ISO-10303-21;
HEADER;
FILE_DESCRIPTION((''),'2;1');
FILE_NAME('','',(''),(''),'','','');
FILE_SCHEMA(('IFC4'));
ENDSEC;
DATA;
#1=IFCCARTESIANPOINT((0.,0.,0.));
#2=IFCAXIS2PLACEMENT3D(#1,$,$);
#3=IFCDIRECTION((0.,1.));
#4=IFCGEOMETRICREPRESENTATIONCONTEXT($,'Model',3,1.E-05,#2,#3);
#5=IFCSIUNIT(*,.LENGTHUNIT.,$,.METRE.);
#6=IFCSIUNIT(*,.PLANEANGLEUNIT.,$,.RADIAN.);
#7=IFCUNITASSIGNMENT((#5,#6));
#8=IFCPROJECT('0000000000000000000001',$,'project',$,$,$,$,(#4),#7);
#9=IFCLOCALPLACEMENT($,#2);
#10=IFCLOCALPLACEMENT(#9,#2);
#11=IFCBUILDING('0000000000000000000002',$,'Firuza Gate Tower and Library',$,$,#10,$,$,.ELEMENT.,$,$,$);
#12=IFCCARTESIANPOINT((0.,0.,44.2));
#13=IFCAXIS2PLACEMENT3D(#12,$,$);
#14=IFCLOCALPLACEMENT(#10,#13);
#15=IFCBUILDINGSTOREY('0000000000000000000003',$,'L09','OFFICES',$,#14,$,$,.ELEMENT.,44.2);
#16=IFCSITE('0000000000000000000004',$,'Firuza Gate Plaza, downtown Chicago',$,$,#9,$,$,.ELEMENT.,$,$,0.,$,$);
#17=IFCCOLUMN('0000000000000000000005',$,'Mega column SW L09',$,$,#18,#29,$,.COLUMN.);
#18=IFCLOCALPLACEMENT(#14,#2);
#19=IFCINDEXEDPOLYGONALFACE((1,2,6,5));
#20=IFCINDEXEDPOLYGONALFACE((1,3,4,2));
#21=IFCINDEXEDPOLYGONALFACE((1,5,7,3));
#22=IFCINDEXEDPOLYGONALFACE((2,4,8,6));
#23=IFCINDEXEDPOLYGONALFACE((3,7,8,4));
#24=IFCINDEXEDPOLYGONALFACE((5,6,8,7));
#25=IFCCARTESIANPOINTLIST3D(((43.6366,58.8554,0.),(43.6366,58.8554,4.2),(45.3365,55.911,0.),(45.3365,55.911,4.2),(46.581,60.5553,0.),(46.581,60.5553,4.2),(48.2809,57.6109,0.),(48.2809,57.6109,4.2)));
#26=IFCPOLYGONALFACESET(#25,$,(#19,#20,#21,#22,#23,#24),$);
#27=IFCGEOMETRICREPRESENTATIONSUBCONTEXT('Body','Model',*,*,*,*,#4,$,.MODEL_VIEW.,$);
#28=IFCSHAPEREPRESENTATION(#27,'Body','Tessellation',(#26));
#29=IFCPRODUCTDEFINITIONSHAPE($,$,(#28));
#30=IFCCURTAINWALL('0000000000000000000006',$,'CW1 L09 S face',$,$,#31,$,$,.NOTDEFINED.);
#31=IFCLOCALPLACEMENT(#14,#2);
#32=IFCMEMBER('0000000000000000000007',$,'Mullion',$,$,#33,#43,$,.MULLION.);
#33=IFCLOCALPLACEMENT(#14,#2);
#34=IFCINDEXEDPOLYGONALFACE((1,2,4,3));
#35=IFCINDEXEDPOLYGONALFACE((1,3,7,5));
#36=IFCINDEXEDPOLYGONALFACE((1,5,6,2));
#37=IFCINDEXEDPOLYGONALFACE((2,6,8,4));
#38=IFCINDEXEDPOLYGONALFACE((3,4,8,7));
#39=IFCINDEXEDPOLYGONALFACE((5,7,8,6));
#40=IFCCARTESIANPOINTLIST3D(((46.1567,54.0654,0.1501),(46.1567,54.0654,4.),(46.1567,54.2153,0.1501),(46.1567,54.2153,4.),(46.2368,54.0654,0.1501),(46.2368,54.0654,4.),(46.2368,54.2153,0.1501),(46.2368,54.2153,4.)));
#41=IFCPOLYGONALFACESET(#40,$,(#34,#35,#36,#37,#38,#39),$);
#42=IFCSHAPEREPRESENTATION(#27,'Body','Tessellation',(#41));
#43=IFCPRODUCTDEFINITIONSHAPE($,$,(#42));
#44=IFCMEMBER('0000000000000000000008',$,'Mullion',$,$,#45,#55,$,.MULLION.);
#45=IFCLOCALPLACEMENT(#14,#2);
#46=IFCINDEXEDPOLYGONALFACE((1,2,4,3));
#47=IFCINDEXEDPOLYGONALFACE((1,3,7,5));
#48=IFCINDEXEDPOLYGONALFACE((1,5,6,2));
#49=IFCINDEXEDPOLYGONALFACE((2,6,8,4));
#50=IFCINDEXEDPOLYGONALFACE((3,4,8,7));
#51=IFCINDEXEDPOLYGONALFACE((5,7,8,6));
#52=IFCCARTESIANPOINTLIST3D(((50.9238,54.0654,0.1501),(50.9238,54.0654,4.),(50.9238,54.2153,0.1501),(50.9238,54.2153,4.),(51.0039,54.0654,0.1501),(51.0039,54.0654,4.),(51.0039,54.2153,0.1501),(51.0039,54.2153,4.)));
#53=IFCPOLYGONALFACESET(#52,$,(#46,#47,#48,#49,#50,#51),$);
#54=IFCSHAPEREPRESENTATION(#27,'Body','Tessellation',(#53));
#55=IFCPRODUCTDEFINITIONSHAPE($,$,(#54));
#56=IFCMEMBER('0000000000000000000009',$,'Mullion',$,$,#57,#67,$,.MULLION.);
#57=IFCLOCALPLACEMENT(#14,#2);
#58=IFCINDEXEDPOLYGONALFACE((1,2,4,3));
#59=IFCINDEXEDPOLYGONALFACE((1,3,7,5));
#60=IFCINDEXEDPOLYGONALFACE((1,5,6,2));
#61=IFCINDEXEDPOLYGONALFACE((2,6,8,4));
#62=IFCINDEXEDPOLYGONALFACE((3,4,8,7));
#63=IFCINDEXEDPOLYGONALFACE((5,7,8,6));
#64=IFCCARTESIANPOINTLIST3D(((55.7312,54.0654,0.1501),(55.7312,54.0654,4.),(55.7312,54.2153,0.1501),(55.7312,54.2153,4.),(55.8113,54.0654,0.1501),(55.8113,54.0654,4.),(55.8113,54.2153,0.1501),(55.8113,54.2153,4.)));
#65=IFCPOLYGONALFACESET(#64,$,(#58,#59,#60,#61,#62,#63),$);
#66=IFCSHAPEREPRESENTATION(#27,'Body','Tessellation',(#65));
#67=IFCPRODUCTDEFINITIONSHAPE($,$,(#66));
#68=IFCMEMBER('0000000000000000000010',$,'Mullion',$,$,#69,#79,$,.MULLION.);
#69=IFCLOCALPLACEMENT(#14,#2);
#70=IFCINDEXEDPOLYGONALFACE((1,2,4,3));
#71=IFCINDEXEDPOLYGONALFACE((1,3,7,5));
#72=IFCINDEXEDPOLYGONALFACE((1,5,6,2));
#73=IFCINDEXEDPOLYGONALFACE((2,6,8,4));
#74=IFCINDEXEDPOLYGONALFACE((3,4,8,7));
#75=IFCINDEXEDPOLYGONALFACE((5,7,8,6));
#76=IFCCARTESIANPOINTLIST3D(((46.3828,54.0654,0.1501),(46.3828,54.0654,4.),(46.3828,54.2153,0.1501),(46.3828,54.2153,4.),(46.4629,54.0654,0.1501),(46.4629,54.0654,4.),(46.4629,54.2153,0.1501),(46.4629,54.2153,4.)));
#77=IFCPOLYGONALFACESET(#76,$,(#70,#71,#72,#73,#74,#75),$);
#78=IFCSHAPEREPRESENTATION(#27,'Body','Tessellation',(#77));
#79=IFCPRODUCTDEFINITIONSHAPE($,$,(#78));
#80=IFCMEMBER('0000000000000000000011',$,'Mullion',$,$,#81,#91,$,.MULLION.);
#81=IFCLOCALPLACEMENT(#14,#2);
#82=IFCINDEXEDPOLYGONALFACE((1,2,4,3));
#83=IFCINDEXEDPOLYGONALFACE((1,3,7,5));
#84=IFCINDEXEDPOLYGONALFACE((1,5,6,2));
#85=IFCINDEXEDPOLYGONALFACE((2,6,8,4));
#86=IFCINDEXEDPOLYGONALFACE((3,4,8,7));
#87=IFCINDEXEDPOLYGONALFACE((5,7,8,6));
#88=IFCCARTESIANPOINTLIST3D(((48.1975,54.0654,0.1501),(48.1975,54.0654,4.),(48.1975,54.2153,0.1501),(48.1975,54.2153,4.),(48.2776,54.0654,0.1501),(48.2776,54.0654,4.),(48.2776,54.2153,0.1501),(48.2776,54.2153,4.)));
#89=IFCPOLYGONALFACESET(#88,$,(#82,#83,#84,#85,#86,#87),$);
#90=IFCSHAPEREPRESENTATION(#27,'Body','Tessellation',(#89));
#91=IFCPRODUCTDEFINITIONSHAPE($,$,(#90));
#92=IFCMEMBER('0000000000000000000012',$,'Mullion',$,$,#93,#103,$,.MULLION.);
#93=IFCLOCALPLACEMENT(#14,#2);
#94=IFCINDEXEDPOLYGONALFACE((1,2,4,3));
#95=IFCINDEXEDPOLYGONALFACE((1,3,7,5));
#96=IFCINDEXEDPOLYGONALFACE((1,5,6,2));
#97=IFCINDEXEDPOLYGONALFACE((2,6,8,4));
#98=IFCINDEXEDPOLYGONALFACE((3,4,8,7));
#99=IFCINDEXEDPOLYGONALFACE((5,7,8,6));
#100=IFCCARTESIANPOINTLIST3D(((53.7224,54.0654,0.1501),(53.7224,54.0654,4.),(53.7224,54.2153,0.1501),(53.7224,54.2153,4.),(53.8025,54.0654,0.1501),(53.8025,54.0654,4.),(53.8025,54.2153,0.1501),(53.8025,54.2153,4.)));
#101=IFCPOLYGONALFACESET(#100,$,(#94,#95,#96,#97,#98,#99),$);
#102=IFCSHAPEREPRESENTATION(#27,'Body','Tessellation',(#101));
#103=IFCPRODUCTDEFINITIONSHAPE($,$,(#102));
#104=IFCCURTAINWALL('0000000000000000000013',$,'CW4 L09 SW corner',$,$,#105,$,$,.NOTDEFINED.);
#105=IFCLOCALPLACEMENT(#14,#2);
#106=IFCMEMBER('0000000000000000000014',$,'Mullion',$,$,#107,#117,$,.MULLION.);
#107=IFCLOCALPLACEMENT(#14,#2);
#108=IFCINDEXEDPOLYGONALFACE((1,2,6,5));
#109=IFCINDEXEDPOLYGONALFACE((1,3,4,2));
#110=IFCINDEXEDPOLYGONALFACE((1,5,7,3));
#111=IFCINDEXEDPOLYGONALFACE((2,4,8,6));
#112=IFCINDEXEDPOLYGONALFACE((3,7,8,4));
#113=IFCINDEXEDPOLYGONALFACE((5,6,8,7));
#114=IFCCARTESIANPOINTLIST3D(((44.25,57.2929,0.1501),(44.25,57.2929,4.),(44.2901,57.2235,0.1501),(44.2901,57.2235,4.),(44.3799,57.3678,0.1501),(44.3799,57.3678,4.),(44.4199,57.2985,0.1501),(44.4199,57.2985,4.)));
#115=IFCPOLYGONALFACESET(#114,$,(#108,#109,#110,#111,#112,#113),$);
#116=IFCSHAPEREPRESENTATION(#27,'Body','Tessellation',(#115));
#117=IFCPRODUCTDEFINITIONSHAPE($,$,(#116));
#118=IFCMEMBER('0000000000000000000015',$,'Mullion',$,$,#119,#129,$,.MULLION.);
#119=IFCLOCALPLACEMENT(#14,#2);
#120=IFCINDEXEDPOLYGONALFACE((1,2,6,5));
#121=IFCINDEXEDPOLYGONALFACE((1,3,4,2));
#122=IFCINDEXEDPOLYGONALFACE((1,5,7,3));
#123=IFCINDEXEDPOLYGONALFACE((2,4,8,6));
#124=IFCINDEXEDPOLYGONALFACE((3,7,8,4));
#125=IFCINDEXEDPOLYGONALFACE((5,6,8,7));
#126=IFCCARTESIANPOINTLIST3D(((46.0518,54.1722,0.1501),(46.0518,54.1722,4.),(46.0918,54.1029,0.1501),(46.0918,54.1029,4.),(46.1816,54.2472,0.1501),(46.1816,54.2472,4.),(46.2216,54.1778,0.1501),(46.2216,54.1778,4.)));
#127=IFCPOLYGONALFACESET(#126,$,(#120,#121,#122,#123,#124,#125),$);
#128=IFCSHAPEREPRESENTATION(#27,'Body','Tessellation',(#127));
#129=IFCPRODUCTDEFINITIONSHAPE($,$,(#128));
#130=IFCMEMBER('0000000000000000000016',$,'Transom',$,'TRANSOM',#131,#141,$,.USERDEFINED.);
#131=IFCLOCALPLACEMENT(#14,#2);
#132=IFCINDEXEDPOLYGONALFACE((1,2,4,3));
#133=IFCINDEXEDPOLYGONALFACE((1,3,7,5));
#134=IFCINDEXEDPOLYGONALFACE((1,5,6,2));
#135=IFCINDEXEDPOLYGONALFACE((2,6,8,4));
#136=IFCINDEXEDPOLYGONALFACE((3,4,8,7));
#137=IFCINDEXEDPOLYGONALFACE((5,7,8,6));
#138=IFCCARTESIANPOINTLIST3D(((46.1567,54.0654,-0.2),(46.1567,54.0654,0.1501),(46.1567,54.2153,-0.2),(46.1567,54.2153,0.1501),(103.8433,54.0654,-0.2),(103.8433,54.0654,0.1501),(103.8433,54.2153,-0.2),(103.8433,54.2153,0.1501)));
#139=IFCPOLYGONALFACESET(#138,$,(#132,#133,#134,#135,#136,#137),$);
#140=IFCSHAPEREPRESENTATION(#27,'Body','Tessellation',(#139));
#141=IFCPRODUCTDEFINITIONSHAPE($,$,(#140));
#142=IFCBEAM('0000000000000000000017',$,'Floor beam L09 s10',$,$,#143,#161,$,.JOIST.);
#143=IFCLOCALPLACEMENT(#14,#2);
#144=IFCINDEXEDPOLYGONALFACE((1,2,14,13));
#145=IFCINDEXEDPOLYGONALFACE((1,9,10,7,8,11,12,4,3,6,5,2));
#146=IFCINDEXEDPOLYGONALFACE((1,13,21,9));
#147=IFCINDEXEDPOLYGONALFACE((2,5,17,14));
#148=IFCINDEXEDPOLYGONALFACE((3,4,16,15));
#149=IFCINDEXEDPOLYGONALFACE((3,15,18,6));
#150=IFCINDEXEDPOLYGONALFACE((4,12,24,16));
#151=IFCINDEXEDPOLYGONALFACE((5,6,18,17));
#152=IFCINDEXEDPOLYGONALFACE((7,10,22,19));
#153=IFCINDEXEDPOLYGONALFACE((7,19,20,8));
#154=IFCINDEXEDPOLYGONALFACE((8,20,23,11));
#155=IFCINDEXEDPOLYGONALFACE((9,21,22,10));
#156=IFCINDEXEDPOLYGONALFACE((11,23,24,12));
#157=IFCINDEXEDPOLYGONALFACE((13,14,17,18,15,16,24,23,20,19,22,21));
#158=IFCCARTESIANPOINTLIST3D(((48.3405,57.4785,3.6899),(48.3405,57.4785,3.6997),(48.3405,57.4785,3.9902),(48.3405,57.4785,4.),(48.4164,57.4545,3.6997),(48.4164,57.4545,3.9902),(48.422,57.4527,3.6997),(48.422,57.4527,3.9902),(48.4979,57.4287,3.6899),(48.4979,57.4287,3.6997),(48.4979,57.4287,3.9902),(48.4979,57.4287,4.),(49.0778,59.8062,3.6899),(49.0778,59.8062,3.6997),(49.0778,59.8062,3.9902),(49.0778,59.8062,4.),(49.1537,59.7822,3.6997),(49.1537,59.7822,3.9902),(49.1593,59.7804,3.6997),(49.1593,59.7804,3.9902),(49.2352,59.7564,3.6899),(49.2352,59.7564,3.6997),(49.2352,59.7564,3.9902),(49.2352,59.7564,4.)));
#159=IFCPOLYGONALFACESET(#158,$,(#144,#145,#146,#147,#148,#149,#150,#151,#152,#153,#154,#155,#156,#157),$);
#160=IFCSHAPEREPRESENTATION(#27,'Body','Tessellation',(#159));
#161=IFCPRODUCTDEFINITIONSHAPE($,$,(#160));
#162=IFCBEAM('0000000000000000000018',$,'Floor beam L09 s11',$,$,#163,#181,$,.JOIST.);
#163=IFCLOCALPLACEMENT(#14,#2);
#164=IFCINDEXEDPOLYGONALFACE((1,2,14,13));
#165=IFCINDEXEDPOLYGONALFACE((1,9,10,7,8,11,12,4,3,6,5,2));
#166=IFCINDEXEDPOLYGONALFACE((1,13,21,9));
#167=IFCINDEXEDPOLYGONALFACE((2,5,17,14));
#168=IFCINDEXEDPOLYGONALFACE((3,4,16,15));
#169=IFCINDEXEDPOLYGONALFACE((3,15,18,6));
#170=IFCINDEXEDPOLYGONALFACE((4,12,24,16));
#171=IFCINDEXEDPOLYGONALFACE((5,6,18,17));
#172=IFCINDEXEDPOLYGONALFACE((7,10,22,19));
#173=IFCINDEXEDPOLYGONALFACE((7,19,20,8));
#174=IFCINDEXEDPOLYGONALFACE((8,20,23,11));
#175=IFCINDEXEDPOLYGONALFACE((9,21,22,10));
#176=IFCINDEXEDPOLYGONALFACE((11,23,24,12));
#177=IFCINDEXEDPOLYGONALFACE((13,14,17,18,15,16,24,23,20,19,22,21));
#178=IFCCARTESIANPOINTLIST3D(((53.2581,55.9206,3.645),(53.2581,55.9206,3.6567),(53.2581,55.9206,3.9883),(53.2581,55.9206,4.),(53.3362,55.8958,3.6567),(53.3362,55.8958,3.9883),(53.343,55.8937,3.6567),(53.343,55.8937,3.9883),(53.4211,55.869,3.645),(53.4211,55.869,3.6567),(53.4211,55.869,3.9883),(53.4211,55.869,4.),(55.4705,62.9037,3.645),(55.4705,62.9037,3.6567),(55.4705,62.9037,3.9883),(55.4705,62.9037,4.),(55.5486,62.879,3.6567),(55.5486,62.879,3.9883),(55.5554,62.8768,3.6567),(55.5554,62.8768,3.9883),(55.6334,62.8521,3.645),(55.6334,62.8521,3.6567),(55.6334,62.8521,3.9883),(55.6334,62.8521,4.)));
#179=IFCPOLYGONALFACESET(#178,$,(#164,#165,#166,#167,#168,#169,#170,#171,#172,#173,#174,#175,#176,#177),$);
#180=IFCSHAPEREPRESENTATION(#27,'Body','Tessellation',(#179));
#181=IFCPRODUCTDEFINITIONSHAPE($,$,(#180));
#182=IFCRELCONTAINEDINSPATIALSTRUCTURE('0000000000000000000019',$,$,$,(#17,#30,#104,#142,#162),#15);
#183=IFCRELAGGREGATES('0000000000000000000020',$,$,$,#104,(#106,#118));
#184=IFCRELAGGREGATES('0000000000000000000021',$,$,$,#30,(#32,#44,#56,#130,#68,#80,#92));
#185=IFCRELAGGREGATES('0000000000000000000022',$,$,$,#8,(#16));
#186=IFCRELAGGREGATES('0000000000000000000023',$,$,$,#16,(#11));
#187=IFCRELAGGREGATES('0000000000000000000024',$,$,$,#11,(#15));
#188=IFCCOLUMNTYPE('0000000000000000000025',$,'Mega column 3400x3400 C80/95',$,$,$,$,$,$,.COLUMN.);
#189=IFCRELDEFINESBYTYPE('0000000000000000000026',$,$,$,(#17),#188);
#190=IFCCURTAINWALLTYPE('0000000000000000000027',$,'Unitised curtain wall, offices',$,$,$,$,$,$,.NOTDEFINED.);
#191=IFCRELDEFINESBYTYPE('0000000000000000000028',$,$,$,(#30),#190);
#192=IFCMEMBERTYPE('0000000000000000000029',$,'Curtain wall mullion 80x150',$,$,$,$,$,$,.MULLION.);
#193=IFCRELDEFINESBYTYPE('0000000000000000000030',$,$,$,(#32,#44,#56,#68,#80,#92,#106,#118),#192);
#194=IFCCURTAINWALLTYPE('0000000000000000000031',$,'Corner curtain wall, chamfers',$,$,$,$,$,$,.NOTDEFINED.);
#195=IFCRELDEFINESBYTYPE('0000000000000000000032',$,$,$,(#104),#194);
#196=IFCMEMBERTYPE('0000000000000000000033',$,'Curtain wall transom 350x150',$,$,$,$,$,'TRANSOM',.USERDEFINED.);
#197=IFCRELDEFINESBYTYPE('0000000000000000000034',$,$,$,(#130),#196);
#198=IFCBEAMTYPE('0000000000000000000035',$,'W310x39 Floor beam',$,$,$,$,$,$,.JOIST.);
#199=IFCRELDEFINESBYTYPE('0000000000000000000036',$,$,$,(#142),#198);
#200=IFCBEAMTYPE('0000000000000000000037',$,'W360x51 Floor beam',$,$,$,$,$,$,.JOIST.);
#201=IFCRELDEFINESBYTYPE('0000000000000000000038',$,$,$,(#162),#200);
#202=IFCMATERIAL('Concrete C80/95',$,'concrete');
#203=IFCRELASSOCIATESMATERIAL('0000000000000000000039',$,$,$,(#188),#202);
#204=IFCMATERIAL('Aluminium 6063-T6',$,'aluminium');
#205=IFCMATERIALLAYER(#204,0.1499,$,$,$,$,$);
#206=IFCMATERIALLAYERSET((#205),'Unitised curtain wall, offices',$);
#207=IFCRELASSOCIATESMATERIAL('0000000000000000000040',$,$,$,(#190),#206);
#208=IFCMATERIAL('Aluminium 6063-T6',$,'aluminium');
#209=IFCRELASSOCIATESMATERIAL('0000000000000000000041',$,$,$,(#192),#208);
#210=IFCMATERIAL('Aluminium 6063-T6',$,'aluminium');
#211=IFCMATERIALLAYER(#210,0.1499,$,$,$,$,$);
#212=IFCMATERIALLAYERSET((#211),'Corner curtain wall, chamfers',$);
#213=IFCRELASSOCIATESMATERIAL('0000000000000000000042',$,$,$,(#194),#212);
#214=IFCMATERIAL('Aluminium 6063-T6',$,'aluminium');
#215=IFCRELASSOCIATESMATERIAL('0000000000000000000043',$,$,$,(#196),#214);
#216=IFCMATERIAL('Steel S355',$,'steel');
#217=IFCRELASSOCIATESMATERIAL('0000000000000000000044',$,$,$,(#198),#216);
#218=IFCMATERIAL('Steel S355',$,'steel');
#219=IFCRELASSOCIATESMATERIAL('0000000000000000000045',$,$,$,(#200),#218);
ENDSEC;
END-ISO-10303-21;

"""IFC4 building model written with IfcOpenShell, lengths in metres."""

from ifc_helpers import new_model, si_unit, direction, frame, origin, origin_2d, place, context, subcontext, project, spatial, rectangle, i_section, extrude, material, layer, layer_set, material_profile, profile_set, type_object, element, aggregate, save


model = new_model("IFC4")

# Units and contexts
model_context = context("Model", 3, precision=1e-05, world=origin(), true_north=direction((0.0, 1.0)))
body_context = subcontext(model_context, "Body", "Model", "MODEL_VIEW")
ifc_project = project(units=[si_unit("LENGTHUNIT", "METRE"), si_unit("PLANEANGLEUNIT", "RADIAN")], contexts=[model_context])

# Site, building, storey
site_placement = place(None, origin())
site = spatial("IfcSite", under=ifc_project, at=site_placement, Name="Firuza Gate Plaza, downtown Chicago", CompositionType="ELEMENT", RefElevation=0.0)
building_placement = place(site_placement, origin())
building = spatial("IfcBuilding", under=site, at=building_placement, Name="Firuza Gate Tower and Library", CompositionType="ELEMENT")
storey_placement = place(building_placement, frame((0.0, 0.0, 44.2)))
storey = spatial("IfcBuildingStorey", under=building, at=storey_placement, Name="L09", Description="OFFICES", CompositionType="ELEMENT", Elevation=44.2)

# Column
ifc_material_1 = material(Name="Concrete C80/95", Category="concrete")
ifc_material_profile_1 = material_profile(ifc_material_1, rectangle(XDim=3.3999, YDim=3.3999, at=origin_2d()))
ifc_profile_set_1 = profile_set([ifc_material_profile_1], Name="Concrete C80/95")
column_type = type_object("IfcColumnType", Name="Mega column 3400x3400 C80/95", PredefinedType="COLUMN", material=ifc_profile_set_1)
column_placement = place(storey_placement, frame((45.9587, 58.2332, 0.0), z_axis=(0.0, 0.0, 1.0), x_axis=(0.5, -0.866025, 0.0)))
element("IfcColumn", 1, at=column_placement, inside=storey, type_object=column_type, Name="Mega column SW L09", PredefinedType="COLUMN", context=body_context, shape_type="SweptSolid", body=[
    extrude(rectangle(XDim=3.3999, YDim=3.3999, at=origin_2d()), origin(), (0.0, 0.0, 1.0), 4.2),
])

# Curtain walls, members
ifc_material_2 = material(Name="Aluminium 6063-T6", Category="aluminium")
ifc_layer_1 = layer(ifc_material_2, 0.1499)
ifc_layer_set_1 = layer_set([ifc_layer_1], Name="Unitised curtain wall, offices")
curtain_wall_type_1 = type_object("IfcCurtainWallType", Name="Unitised curtain wall, offices", PredefinedType="NOTDEFINED", material=ifc_layer_set_1)
placement_1 = place(storey_placement, origin())
curtain_wall_1 = element("IfcCurtainWall", 2, at=placement_1, inside=storey, type_object=curtain_wall_type_1, Name="CW1 L09 S face", PredefinedType="NOTDEFINED")
ifc_material_3 = material(Name="Aluminium 6063-T6", Category="aluminium")
ifc_material_profile_2 = material_profile(ifc_material_3, rectangle(XDim=0.1499, YDim=0.0801, at=origin_2d()))
ifc_profile_set_2 = profile_set([ifc_material_profile_2], Name="Aluminium 6063-T6")
member_type_1 = type_object("IfcMemberType", Name="Curtain wall mullion 80x150", PredefinedType="MULLION", material=ifc_profile_set_2)
member_1_placement = place(storey_placement, frame((46.1968, 54.1404, 0.1501), z_axis=(0.0, 0.0, 1.0), x_axis=(0.0, 1.0, 0.0)))
member_1 = element("IfcMember", 3, at=member_1_placement, type_object=member_type_1, Name="Mullion", PredefinedType="MULLION", context=body_context, shape_type="SweptSolid", body=[
    extrude(rectangle(XDim=0.1499, YDim=0.0801, at=origin_2d()), origin(), (0.0, 0.0, 1.0), 3.8499),
])
member_2_placement = place(storey_placement, frame((50.9639, 54.1404, 0.1501), z_axis=(0.0, 0.0, 1.0), x_axis=(0.0, 1.0, 0.0)))
member_2 = element("IfcMember", 4, at=member_2_placement, type_object=member_type_1, Name="Mullion", PredefinedType="MULLION", context=body_context, shape_type="SweptSolid", body=[
    extrude(rectangle(XDim=0.1499, YDim=0.0801, at=origin_2d()), origin(), (0.0, 0.0, 1.0), 3.8499),
])
member_3_placement = place(storey_placement, frame((55.7712, 54.1404, 0.1501), z_axis=(0.0, 0.0, 1.0), x_axis=(0.0, 1.0, 0.0)))
member_3 = element("IfcMember", 5, at=member_3_placement, type_object=member_type_1, Name="Mullion", PredefinedType="MULLION", context=body_context, shape_type="SweptSolid", body=[
    extrude(rectangle(XDim=0.1499, YDim=0.0801, at=origin_2d()), origin(), (0.0, 0.0, 1.0), 3.8499),
])
member_4_placement = place(storey_placement, frame((46.4229, 54.1404, 0.1501), z_axis=(0.0, 0.0, 1.0), x_axis=(0.0, 1.0, 0.0)))
member_4 = element("IfcMember", 6, at=member_4_placement, type_object=member_type_1, Name="Mullion", PredefinedType="MULLION", context=body_context, shape_type="SweptSolid", body=[
    extrude(rectangle(XDim=0.1499, YDim=0.0801, at=origin_2d()), origin(), (0.0, 0.0, 1.0), 3.8499),
])
member_5_placement = place(storey_placement, frame((48.2375, 54.1404, 0.1501), z_axis=(0.0, 0.0, 1.0), x_axis=(0.0, 1.0, 0.0)))
member_5 = element("IfcMember", 7, at=member_5_placement, type_object=member_type_1, Name="Mullion", PredefinedType="MULLION", context=body_context, shape_type="SweptSolid", body=[
    extrude(rectangle(XDim=0.1499, YDim=0.0801, at=origin_2d()), origin(), (0.0, 0.0, 1.0), 3.8499),
])
member_6_placement = place(storey_placement, frame((53.7625, 54.1404, 0.1501), z_axis=(0.0, 0.0, 1.0), x_axis=(0.0, 1.0, 0.0)))
member_6 = element("IfcMember", 8, at=member_6_placement, type_object=member_type_1, Name="Mullion", PredefinedType="MULLION", context=body_context, shape_type="SweptSolid", body=[
    extrude(rectangle(XDim=0.1499, YDim=0.0801, at=origin_2d()), origin(), (0.0, 0.0, 1.0), 3.8499),
])
ifc_material_4 = material(Name="Aluminium 6063-T6", Category="aluminium")
ifc_layer_2 = layer(ifc_material_4, 0.1499)
ifc_layer_set_2 = layer_set([ifc_layer_2], Name="Corner curtain wall, chamfers")
curtain_wall_type_2 = type_object("IfcCurtainWallType", Name="Corner curtain wall, chamfers", PredefinedType="NOTDEFINED", material=ifc_layer_set_2)
curtain_wall_2 = element("IfcCurtainWall", 9, at=placement_1, inside=storey, type_object=curtain_wall_type_2, Name="CW4 L09 SW corner", PredefinedType="NOTDEFINED")
member_7_placement = place(storey_placement, frame((44.335, 57.2957, 0.1501), z_axis=(0.0, 0.0, 1.0), x_axis=(0.866025, 0.5, 0.0)))
member_7 = element("IfcMember", 10, at=member_7_placement, type_object=member_type_1, Name="Mullion", PredefinedType="MULLION", context=body_context, shape_type="SweptSolid", body=[
    extrude(rectangle(XDim=0.1499, YDim=0.0801, at=origin_2d()), origin(), (0.0, 0.0, 1.0), 3.8499),
])
member_8_placement = place(storey_placement, frame((46.1367, 54.175, 0.1501), z_axis=(0.0, 0.0, 1.0), x_axis=(0.866025, 0.5, 0.0)))
member_8 = element("IfcMember", 11, at=member_8_placement, type_object=member_type_1, Name="Mullion", PredefinedType="MULLION", context=body_context, shape_type="SweptSolid", body=[
    extrude(rectangle(XDim=0.1499, YDim=0.0801, at=origin_2d()), origin(), (0.0, 0.0, 1.0), 3.8499),
])

# Member
ifc_material_5 = material(Name="Aluminium 6063-T6", Category="aluminium")
ifc_material_profile_3 = material_profile(ifc_material_5, rectangle(XDim=0.1499, YDim=0.3501, at=origin_2d()))
ifc_profile_set_3 = profile_set([ifc_material_profile_3], Name="Aluminium 6063-T6")
member_type_2 = type_object("IfcMemberType", Name="Curtain wall transom 350x150", ElementType="TRANSOM", PredefinedType="USERDEFINED", material=ifc_profile_set_3)
member_9_placement = place(storey_placement, frame((46.1567, 54.1404, -0.0249), z_axis=(1.0, 0.0, 0.0), x_axis=(0.0, 1.0, 0.0)))
member_9 = element("IfcMember", 12, at=member_9_placement, type_object=member_type_2, Name="Transom", ObjectType="TRANSOM", PredefinedType="USERDEFINED", context=body_context, shape_type="SweptSolid", body=[
    extrude(rectangle(XDim=0.1499, YDim=0.3501, at=origin_2d()), origin(), (0.0, 0.0, 1.0), 57.6865),
])

# Beams
ifc_material_6 = material(Name="Steel S355", Category="steel")
ifc_material_profile_4 = material_profile(ifc_material_6, i_section(OverallWidth=0.165, OverallDepth=0.3101, WebThickness=0.0059, FlangeThickness=0.0098, at=origin_2d()))
ifc_profile_set_4 = profile_set([ifc_material_profile_4], Name="Steel S355")
beam_type_1 = type_object("IfcBeamType", Name="W310x39 Floor beam", PredefinedType="JOIST", material=ifc_profile_set_4)
beam_1_placement = place(storey_placement, frame((48.4192, 57.4536, 3.845), z_axis=(0.301973, 0.953316, 0.0), x_axis=(-0.953316, 0.301973, 0.0)))
element("IfcBeam", 13, at=beam_1_placement, inside=storey, type_object=beam_type_1, Name="Floor beam L09 s10", PredefinedType="JOIST", context=body_context, shape_type="SweptSolid", body=[
    extrude(i_section(OverallWidth=0.165, OverallDepth=0.3101, WebThickness=0.0059, FlangeThickness=0.0098, at=origin_2d()), origin(), (0.0, 0.0, 1.0), 2.4417),
])
ifc_material_7 = material(Name="Steel S355", Category="steel")
ifc_material_profile_5 = material_profile(ifc_material_7, i_section(OverallWidth=0.1709, OverallDepth=0.355, WebThickness=0.0071, FlangeThickness=0.0117, at=origin_2d()))
ifc_profile_set_5 = profile_set([ifc_material_profile_5], Name="Steel S355")
beam_type_2 = type_object("IfcBeamType", Name="W360x51 Floor beam", PredefinedType="JOIST", material=ifc_profile_set_5)
beam_2_placement = place(storey_placement, frame((53.3396, 55.8948, 3.8225), z_axis=(0.302024, 0.9533, 0.0), x_axis=(-0.9533, 0.302024, 0.0)))
element("IfcBeam", 14, at=beam_2_placement, inside=storey, type_object=beam_type_2, Name="Floor beam L09 s11", PredefinedType="JOIST", context=body_context, shape_type="SweptSolid", body=[
    extrude(i_section(OverallWidth=0.1709, OverallDepth=0.355, WebThickness=0.0071, FlangeThickness=0.0117, at=origin_2d()), origin(), (0.0, 0.0, 1.0), 7.3252),
])

aggregate(curtain_wall_2, [member_7, member_8])
aggregate(curtain_wall_1, [member_1, member_2, member_3, member_9, member_4, member_5, member_6])

save(model, "model.ifc")
